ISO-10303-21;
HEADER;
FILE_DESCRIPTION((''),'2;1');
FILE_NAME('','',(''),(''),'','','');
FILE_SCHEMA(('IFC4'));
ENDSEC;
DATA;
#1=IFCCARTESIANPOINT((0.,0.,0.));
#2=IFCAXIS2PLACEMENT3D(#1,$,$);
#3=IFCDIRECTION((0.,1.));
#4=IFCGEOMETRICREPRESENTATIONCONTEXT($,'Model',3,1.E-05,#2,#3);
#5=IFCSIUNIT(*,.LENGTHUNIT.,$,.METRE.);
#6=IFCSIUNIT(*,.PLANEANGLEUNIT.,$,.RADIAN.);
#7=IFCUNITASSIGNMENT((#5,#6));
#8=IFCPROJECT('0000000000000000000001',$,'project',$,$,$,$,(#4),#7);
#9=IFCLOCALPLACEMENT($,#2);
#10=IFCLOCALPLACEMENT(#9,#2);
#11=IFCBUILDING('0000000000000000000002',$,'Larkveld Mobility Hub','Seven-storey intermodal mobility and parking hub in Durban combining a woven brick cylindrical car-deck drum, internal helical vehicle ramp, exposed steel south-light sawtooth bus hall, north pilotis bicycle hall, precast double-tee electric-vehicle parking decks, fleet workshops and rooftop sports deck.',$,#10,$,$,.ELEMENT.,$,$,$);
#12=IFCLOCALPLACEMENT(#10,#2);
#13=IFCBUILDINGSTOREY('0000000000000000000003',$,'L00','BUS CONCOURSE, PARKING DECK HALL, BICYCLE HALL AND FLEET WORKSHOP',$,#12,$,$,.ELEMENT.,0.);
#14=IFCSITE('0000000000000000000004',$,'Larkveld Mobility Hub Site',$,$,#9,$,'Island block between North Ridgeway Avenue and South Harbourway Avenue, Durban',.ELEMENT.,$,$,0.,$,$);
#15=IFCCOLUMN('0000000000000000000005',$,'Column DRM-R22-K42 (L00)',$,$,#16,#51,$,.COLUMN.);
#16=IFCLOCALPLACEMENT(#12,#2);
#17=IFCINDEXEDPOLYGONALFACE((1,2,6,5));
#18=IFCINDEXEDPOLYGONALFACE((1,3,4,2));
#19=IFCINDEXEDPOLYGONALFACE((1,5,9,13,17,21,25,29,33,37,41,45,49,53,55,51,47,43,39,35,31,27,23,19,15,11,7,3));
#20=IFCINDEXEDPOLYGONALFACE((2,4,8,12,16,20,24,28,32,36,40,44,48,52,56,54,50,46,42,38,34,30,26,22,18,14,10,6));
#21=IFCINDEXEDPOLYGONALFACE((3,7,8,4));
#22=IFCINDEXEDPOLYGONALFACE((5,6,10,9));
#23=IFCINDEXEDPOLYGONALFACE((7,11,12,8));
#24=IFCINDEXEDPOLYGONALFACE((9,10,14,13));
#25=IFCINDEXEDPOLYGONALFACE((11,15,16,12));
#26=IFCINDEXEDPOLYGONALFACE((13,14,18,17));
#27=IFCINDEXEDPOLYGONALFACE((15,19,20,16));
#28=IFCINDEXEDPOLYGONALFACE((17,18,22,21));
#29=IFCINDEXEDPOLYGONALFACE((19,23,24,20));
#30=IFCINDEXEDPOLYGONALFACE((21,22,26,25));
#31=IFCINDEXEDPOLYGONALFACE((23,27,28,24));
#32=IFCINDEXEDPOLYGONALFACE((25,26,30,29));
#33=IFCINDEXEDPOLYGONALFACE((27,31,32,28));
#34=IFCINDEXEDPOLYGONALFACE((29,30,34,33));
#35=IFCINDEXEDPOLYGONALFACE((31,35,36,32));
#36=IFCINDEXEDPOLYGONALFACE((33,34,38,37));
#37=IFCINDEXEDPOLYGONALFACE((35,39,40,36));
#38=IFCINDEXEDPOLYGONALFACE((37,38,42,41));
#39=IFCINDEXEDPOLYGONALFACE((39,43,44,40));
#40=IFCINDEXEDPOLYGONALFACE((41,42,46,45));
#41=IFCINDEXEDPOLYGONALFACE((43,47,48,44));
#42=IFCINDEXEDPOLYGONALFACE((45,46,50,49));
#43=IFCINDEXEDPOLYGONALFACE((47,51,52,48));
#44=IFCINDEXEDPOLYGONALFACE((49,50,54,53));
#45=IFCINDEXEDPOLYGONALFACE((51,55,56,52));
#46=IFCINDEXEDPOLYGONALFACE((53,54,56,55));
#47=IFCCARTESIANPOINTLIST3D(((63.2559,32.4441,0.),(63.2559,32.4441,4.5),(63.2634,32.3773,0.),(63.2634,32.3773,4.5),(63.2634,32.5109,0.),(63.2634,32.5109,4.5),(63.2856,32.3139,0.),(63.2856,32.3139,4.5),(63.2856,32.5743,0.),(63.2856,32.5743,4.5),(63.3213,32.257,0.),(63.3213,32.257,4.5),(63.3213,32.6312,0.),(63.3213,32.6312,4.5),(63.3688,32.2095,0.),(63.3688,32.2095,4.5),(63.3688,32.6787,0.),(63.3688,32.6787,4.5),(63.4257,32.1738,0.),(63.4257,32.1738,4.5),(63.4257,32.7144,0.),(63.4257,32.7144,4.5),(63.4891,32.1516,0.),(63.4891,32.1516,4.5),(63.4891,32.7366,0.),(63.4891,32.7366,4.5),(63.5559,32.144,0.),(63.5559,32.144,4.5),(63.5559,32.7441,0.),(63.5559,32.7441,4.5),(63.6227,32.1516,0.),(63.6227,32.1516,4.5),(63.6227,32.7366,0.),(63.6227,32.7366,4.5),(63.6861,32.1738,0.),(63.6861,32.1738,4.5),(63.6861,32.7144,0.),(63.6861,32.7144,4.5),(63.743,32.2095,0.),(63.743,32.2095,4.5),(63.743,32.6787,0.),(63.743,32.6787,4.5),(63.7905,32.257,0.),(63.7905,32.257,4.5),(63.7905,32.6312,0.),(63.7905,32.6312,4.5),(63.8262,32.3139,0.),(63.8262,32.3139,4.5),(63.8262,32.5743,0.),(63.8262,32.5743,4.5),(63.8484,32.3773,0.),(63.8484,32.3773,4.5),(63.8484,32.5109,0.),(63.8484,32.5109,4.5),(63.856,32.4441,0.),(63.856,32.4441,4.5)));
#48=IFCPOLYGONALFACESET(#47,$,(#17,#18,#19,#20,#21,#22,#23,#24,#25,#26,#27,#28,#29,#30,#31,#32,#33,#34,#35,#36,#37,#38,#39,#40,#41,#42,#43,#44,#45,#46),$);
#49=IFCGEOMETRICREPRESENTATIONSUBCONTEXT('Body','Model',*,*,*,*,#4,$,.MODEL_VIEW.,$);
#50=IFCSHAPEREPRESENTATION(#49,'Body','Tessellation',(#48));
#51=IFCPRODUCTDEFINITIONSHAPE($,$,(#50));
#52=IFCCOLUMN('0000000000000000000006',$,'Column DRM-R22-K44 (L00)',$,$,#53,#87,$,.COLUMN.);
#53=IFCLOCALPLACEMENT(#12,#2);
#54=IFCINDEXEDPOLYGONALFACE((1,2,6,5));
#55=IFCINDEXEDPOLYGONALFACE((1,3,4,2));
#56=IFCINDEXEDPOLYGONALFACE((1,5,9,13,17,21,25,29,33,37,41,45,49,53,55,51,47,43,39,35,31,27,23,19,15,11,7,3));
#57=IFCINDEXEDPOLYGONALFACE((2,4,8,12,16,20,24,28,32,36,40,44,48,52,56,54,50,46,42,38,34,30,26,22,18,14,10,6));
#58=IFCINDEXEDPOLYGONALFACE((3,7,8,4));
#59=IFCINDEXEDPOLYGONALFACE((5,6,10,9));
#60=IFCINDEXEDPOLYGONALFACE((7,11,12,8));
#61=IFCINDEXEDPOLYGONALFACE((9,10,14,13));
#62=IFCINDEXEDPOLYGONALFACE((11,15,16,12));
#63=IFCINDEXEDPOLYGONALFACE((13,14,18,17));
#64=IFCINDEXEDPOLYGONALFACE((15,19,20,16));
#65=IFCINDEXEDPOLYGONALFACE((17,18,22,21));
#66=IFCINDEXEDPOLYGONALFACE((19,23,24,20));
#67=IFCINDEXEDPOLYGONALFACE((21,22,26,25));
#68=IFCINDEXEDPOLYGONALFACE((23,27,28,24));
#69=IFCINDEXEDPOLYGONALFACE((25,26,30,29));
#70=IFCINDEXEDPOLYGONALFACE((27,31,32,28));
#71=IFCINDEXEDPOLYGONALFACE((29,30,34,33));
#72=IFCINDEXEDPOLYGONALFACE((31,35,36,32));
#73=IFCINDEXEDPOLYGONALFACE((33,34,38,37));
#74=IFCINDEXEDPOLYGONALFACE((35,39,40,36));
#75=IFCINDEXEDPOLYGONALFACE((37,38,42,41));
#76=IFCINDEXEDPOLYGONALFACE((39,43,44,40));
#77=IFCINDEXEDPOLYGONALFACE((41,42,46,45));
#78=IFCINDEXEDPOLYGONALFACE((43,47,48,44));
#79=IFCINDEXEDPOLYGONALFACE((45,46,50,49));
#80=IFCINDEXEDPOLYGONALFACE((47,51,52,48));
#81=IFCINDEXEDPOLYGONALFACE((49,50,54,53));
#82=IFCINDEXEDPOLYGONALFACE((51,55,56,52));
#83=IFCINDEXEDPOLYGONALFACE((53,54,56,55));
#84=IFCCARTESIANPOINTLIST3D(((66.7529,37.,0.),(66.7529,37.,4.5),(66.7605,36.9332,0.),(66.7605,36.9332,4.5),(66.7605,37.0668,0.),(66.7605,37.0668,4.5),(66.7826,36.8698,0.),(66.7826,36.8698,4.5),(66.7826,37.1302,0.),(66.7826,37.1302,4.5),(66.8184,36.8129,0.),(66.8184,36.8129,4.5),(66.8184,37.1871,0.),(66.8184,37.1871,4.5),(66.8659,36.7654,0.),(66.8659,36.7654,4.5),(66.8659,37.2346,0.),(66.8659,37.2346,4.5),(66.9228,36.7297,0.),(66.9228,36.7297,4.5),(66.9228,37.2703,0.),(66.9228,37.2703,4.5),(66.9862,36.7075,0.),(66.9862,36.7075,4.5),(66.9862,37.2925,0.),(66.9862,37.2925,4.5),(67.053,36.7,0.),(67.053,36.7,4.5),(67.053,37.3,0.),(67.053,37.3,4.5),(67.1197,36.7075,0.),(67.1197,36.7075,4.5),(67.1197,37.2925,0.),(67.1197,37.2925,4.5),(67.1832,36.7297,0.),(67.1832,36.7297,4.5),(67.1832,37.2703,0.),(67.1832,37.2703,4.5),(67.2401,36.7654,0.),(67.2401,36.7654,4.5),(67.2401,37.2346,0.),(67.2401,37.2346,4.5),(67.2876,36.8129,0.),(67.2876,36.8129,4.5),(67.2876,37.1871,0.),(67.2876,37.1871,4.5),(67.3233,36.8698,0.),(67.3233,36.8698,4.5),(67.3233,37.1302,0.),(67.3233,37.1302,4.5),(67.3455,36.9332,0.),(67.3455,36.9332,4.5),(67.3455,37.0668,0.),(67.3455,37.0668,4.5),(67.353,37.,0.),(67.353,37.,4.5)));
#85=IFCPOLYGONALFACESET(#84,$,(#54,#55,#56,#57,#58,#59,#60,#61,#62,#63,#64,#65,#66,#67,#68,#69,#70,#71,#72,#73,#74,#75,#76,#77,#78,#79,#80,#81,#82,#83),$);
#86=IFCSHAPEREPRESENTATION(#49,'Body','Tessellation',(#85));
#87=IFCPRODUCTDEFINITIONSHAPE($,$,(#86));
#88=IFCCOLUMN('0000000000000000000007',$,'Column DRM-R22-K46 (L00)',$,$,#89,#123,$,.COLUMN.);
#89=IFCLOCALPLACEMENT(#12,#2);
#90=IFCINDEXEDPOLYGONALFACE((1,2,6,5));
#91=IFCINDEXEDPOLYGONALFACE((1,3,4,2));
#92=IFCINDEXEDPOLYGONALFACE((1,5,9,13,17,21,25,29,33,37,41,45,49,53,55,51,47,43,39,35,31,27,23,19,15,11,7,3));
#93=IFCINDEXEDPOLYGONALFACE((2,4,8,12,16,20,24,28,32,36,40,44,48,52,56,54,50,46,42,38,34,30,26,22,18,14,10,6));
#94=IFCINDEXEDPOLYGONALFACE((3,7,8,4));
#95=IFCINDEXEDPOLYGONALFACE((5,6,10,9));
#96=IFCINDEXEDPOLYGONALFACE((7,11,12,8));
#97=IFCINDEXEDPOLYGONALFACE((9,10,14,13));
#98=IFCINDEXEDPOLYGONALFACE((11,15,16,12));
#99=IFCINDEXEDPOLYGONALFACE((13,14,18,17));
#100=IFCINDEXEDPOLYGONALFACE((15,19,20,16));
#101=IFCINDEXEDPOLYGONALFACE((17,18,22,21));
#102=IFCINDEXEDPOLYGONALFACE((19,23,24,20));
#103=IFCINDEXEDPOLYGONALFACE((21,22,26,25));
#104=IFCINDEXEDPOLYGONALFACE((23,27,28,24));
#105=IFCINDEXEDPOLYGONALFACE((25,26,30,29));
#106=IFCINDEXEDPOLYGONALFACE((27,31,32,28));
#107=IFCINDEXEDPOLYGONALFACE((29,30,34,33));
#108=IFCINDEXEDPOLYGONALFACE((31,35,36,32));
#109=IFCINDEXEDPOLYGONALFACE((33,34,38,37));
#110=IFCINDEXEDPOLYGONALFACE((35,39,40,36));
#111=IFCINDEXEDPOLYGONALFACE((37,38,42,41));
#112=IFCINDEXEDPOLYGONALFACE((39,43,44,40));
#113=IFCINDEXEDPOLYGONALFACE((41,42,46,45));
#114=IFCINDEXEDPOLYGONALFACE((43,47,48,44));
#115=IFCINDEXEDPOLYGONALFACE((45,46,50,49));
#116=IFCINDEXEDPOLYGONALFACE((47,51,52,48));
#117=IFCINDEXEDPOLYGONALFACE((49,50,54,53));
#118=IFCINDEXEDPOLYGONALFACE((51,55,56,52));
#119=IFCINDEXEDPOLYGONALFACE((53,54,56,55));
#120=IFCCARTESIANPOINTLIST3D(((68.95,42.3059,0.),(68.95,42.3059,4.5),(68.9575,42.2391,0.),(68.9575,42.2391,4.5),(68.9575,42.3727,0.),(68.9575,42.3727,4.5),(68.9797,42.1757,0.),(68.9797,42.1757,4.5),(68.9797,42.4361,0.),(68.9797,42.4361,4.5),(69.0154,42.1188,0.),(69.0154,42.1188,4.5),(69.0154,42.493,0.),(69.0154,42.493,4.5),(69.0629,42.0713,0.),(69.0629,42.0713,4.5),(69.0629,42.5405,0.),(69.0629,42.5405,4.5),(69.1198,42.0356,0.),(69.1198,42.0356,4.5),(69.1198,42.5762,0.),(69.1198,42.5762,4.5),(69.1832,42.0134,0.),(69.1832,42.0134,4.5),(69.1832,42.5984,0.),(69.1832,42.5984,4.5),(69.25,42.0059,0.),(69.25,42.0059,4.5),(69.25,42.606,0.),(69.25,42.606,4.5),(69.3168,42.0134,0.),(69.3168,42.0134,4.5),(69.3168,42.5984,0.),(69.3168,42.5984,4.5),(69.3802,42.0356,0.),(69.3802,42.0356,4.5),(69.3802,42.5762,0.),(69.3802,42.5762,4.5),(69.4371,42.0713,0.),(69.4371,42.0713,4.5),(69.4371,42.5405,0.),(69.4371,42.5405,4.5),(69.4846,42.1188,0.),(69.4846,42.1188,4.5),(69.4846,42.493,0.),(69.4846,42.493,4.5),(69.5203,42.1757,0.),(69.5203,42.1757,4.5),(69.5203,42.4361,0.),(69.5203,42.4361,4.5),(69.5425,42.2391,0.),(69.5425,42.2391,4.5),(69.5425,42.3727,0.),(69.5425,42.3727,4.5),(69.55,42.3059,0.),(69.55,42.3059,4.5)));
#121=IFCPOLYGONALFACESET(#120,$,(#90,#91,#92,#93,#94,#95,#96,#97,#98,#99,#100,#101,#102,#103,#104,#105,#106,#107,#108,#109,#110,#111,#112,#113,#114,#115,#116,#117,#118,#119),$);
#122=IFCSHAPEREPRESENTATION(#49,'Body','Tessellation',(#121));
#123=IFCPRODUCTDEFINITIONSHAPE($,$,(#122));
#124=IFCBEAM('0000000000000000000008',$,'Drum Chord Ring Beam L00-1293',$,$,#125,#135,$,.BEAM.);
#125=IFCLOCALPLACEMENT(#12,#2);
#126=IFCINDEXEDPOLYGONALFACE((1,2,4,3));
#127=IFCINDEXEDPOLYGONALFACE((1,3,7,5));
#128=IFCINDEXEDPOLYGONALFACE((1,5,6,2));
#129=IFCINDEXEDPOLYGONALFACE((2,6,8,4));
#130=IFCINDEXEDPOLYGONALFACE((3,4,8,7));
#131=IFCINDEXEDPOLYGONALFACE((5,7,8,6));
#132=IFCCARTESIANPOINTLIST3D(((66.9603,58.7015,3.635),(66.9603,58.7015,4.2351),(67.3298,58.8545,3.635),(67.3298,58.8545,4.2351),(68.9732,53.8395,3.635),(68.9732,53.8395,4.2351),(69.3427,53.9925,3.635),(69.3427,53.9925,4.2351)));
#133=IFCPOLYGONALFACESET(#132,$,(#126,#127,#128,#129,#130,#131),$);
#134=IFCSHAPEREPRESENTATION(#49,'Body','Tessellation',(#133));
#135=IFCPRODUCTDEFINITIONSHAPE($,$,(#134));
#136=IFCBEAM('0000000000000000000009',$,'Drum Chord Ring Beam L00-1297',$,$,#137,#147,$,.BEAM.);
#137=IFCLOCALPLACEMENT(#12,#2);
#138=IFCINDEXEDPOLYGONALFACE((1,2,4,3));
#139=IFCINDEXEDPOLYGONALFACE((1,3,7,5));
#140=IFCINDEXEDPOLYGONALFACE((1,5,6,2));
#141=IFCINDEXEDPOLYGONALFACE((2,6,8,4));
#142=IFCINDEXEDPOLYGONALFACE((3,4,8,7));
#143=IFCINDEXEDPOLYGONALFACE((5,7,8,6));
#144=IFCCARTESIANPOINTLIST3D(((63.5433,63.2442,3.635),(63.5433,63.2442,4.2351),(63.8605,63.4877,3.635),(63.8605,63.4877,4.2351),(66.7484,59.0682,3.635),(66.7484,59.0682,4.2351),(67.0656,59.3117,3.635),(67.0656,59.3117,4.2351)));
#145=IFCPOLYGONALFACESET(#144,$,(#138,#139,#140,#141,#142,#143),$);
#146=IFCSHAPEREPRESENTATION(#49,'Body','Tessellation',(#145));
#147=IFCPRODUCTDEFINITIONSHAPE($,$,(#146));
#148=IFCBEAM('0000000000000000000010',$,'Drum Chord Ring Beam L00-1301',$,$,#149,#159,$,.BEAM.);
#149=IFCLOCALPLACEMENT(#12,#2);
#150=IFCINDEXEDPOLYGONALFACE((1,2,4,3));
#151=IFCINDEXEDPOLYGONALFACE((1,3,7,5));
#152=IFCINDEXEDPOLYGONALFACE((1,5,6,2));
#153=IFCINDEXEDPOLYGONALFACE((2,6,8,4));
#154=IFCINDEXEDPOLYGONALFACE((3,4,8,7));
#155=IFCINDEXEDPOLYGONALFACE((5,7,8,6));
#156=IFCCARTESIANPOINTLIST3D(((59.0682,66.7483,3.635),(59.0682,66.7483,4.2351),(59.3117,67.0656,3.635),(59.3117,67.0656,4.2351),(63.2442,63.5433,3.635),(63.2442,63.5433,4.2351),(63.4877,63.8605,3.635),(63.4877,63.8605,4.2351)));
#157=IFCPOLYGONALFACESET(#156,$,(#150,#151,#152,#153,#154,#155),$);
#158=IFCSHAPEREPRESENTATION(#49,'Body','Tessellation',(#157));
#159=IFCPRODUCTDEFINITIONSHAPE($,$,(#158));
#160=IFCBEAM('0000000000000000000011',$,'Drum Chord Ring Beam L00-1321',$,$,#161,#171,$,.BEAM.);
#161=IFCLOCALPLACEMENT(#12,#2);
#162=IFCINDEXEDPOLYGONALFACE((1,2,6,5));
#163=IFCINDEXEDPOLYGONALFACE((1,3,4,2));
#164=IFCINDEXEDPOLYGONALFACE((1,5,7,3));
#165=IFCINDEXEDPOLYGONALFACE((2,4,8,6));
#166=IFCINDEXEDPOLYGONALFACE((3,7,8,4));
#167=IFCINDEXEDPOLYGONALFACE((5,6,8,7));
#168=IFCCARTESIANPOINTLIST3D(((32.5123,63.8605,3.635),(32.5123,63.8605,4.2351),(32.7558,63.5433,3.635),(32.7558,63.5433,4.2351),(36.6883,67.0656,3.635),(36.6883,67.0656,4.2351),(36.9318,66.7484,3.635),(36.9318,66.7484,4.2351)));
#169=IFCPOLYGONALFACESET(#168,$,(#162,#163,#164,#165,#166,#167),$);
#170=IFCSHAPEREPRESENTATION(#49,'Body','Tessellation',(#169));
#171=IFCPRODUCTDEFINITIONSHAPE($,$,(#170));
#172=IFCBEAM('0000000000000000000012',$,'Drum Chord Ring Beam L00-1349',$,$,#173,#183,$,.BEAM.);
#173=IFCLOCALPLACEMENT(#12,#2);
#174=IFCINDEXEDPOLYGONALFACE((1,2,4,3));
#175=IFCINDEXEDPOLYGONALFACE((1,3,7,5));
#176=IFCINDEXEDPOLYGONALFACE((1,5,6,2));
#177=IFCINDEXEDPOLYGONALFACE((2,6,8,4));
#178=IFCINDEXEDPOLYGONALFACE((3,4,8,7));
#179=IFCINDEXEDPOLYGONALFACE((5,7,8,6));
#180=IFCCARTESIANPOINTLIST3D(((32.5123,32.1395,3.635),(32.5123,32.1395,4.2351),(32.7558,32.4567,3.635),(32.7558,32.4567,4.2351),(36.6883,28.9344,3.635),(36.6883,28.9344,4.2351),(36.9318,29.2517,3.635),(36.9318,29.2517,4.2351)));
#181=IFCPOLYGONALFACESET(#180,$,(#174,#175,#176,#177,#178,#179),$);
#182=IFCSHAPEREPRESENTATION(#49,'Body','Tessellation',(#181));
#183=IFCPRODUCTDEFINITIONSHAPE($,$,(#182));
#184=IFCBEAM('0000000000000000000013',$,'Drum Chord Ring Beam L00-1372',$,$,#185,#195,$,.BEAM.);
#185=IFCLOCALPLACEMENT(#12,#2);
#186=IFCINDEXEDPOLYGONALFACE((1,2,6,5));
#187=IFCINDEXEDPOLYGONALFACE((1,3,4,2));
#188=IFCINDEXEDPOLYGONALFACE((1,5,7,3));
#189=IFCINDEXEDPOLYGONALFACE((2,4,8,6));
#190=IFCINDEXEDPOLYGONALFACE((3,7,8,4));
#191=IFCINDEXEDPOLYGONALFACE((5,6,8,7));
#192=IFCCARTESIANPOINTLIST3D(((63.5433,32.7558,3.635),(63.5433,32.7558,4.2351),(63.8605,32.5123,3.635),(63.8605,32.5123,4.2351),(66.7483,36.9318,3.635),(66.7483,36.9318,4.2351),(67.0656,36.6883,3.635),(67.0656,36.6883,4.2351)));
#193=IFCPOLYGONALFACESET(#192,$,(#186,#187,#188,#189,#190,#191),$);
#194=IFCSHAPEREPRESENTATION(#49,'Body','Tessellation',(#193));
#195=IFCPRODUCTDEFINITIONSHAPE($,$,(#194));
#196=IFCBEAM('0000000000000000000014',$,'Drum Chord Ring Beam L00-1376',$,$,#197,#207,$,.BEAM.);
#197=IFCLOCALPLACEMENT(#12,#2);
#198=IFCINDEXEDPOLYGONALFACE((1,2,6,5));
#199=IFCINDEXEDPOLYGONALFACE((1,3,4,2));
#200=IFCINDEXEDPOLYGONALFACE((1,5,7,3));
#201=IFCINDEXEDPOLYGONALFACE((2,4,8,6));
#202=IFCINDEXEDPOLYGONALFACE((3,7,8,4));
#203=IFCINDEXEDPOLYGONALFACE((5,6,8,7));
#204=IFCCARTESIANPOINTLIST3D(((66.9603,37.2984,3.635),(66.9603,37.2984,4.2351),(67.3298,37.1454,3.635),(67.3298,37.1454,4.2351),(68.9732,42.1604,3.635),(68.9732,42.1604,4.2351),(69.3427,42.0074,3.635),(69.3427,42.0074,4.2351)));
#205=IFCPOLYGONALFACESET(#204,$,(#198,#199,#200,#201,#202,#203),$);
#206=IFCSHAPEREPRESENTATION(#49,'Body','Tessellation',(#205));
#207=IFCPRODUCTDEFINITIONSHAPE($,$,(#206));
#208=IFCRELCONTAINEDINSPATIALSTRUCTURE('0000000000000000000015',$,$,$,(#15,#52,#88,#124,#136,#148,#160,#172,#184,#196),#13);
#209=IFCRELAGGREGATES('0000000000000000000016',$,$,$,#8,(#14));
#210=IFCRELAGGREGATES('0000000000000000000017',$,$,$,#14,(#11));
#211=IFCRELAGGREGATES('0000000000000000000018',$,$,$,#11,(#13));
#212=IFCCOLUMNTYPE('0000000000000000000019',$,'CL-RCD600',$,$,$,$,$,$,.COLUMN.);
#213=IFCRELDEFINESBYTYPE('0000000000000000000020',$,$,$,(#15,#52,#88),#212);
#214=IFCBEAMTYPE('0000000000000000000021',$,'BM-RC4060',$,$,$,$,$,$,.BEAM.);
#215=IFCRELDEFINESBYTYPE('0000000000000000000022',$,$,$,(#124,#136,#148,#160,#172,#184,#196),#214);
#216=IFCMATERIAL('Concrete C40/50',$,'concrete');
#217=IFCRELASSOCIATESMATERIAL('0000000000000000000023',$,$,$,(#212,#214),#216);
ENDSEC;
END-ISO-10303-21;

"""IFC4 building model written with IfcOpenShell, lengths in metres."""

from ifc_helpers import new_model, si_unit, direction, frame, origin, origin_2d, place, context, subcontext, project, spatial, rectangle, circle, extrude, material, material_profile, profile_set, type_object, element, save


model = new_model("IFC4")

# Units and contexts
model_context = context("Model", 3, precision=1e-05, world=origin(), true_north=direction((0.0, 1.0)))
body_context = subcontext(model_context, "Body", "Model", "MODEL_VIEW")
ifc_project = project(units=[si_unit("LENGTHUNIT", "METRE"), si_unit("PLANEANGLEUNIT", "RADIAN")], contexts=[model_context])

# Site, building, storey
site_placement = place(None, origin())
site = spatial("IfcSite", under=ifc_project, at=site_placement, Name="Larkveld Mobility Hub Site", LongName="Island block between North Ridgeway Avenue and South Harbourway Avenue, Durban", CompositionType="ELEMENT", RefElevation=0.0)
building_placement = place(site_placement, origin())
building = spatial("IfcBuilding", under=site, at=building_placement, Name="Larkveld Mobility Hub", Description="Seven-storey intermodal mobility and parking hub in Durban combining a woven brick cylindrical car-deck drum, internal helical vehicle ramp, exposed steel south-light sawtooth bus hall, north pilotis bicycle hall, precast double-tee electric-vehicle parking decks, fleet workshops and rooftop sports deck.", CompositionType="ELEMENT")
storey_placement = place(building_placement, origin())
storey = spatial("IfcBuildingStorey", under=building, at=storey_placement, Name="L00", Description="BUS CONCOURSE, PARKING DECK HALL, BICYCLE HALL AND FLEET WORKSHOP", CompositionType="ELEMENT", Elevation=0.0)

# Columns
ifc_material_1 = material(Name="Concrete C40/50", Category="concrete")
ifc_material_profile_1 = material_profile(ifc_material_1, circle(Radius=0.3, at=origin_2d()), Name="RC COL D600")
ifc_profile_set_1 = profile_set([ifc_material_profile_1], Name="Concrete C40/50")
column_type = type_object("IfcColumnType", Name="CL-RCD600", PredefinedType="COLUMN", material=ifc_profile_set_1)
for number, where, z_axis, x_axis, name in (
    (1, (63.5559, 32.4441, 0.0), (0.0, 0.0, 1.0), (1.0, 0.0, 0.0), "Column DRM-R22-K42 (L00)"),
    (2, (67.053, 37.0, 0.0), (0.0, 0.0, 1.0), (1.0, 0.0, 0.0), "Column DRM-R22-K44 (L00)"),
    (3, (69.25, 42.3059, 0.0), (0.0, 0.0, 1.0), (1.0, 0.0, 0.0), "Column DRM-R22-K46 (L00)"),
):
    element("IfcColumn", number, at=place(storey_placement, frame(where, z_axis=z_axis, x_axis=x_axis)), inside=storey, type_object=column_type, Name=name, PredefinedType="COLUMN", context=body_context, shape_type="SweptSolid", body=[
        extrude(circle(Radius=0.3, at=origin_2d()), origin(), (0.0, 0.0, 1.0), 4.5),
    ])

# Beams
ifc_material_profile_2 = material_profile(ifc_material_1, rectangle(XDim=0.3999, YDim=0.6001, at=origin_2d()), Name="RC BM 400x600")
ifc_profile_set_2 = profile_set([ifc_material_profile_2], Name="Concrete C40/50")
beam_type_1 = type_object("IfcBeamType", Name="BM-RC4060", PredefinedType="BEAM", material=ifc_profile_set_2)
beam_1_placement = place(storey_placement, frame((69.158, 53.916, 3.9351), z_axis=(-0.382523, 0.923946, 0.0), x_axis=(-0.923946, -0.382523, 0.0)))
element("IfcBeam", 4, at=beam_1_placement, inside=storey, type_object=beam_type_1, Name="Drum Chord Ring Beam L00-1293", PredefinedType="BEAM", context=body_context, shape_type="SweptSolid", body=[
    extrude(rectangle(XDim=0.3999, YDim=0.6001, at=origin_2d()), origin(), (0.0, 0.0, 1.0), 5.2622),
])
for number, where, z_axis, x_axis, name in (
    (5, (66.907, 59.1899, 3.9351), (-0.608845, 0.793289, 0.0), (-0.793289, -0.608845, 0.0), "Drum Chord Ring Beam L00-1297"),
    (6, (63.366, 63.7019, 3.9351), (-0.793289, 0.608845, 0.0), (-0.608845, -0.793289, 0.0), "Drum Chord Ring Beam L00-1301"),
    (7, (36.8101, 66.907, 3.9351), (-0.793289, -0.608845, 0.0), (0.608845, -0.793289, 0.0), "Drum Chord Ring Beam L00-1321"),
    (8, (32.634, 32.2981, 3.9351), (0.793289, -0.608845, 0.0), (0.608845, 0.793289, 0.0), "Drum Chord Ring Beam L00-1349"),
    (9, (63.7019, 32.634, 3.9351), (0.608845, 0.793289, 0.0), (-0.793289, 0.608845, 0.0), "Drum Chord Ring Beam L00-1372"),
):
    element("IfcBeam", number, at=place(storey_placement, frame(where, z_axis=z_axis, x_axis=x_axis)), inside=storey, type_object=beam_type_1, Name=name, PredefinedType="BEAM", context=body_context, shape_type="SweptSolid", body=[
        extrude(rectangle(XDim=0.3999, YDim=0.6001, at=origin_2d()), origin(), (0.0, 0.0, 1.0), 5.2642),
    ])
beam_2_placement = place(storey_placement, frame((67.145, 37.2219, 3.9351), z_axis=(0.382523, 0.923946, 0.0), x_axis=(-0.923946, 0.382523, 0.0)))
element("IfcBeam", 10, at=beam_2_placement, inside=storey, type_object=beam_type_1, Name="Drum Chord Ring Beam L00-1376", PredefinedType="BEAM", context=body_context, shape_type="SweptSolid", body=[
    extrude(rectangle(XDim=0.3999, YDim=0.6001, at=origin_2d()), origin(), (0.0, 0.0, 1.0), 5.2622),
])

save(model, "model.ifc")
